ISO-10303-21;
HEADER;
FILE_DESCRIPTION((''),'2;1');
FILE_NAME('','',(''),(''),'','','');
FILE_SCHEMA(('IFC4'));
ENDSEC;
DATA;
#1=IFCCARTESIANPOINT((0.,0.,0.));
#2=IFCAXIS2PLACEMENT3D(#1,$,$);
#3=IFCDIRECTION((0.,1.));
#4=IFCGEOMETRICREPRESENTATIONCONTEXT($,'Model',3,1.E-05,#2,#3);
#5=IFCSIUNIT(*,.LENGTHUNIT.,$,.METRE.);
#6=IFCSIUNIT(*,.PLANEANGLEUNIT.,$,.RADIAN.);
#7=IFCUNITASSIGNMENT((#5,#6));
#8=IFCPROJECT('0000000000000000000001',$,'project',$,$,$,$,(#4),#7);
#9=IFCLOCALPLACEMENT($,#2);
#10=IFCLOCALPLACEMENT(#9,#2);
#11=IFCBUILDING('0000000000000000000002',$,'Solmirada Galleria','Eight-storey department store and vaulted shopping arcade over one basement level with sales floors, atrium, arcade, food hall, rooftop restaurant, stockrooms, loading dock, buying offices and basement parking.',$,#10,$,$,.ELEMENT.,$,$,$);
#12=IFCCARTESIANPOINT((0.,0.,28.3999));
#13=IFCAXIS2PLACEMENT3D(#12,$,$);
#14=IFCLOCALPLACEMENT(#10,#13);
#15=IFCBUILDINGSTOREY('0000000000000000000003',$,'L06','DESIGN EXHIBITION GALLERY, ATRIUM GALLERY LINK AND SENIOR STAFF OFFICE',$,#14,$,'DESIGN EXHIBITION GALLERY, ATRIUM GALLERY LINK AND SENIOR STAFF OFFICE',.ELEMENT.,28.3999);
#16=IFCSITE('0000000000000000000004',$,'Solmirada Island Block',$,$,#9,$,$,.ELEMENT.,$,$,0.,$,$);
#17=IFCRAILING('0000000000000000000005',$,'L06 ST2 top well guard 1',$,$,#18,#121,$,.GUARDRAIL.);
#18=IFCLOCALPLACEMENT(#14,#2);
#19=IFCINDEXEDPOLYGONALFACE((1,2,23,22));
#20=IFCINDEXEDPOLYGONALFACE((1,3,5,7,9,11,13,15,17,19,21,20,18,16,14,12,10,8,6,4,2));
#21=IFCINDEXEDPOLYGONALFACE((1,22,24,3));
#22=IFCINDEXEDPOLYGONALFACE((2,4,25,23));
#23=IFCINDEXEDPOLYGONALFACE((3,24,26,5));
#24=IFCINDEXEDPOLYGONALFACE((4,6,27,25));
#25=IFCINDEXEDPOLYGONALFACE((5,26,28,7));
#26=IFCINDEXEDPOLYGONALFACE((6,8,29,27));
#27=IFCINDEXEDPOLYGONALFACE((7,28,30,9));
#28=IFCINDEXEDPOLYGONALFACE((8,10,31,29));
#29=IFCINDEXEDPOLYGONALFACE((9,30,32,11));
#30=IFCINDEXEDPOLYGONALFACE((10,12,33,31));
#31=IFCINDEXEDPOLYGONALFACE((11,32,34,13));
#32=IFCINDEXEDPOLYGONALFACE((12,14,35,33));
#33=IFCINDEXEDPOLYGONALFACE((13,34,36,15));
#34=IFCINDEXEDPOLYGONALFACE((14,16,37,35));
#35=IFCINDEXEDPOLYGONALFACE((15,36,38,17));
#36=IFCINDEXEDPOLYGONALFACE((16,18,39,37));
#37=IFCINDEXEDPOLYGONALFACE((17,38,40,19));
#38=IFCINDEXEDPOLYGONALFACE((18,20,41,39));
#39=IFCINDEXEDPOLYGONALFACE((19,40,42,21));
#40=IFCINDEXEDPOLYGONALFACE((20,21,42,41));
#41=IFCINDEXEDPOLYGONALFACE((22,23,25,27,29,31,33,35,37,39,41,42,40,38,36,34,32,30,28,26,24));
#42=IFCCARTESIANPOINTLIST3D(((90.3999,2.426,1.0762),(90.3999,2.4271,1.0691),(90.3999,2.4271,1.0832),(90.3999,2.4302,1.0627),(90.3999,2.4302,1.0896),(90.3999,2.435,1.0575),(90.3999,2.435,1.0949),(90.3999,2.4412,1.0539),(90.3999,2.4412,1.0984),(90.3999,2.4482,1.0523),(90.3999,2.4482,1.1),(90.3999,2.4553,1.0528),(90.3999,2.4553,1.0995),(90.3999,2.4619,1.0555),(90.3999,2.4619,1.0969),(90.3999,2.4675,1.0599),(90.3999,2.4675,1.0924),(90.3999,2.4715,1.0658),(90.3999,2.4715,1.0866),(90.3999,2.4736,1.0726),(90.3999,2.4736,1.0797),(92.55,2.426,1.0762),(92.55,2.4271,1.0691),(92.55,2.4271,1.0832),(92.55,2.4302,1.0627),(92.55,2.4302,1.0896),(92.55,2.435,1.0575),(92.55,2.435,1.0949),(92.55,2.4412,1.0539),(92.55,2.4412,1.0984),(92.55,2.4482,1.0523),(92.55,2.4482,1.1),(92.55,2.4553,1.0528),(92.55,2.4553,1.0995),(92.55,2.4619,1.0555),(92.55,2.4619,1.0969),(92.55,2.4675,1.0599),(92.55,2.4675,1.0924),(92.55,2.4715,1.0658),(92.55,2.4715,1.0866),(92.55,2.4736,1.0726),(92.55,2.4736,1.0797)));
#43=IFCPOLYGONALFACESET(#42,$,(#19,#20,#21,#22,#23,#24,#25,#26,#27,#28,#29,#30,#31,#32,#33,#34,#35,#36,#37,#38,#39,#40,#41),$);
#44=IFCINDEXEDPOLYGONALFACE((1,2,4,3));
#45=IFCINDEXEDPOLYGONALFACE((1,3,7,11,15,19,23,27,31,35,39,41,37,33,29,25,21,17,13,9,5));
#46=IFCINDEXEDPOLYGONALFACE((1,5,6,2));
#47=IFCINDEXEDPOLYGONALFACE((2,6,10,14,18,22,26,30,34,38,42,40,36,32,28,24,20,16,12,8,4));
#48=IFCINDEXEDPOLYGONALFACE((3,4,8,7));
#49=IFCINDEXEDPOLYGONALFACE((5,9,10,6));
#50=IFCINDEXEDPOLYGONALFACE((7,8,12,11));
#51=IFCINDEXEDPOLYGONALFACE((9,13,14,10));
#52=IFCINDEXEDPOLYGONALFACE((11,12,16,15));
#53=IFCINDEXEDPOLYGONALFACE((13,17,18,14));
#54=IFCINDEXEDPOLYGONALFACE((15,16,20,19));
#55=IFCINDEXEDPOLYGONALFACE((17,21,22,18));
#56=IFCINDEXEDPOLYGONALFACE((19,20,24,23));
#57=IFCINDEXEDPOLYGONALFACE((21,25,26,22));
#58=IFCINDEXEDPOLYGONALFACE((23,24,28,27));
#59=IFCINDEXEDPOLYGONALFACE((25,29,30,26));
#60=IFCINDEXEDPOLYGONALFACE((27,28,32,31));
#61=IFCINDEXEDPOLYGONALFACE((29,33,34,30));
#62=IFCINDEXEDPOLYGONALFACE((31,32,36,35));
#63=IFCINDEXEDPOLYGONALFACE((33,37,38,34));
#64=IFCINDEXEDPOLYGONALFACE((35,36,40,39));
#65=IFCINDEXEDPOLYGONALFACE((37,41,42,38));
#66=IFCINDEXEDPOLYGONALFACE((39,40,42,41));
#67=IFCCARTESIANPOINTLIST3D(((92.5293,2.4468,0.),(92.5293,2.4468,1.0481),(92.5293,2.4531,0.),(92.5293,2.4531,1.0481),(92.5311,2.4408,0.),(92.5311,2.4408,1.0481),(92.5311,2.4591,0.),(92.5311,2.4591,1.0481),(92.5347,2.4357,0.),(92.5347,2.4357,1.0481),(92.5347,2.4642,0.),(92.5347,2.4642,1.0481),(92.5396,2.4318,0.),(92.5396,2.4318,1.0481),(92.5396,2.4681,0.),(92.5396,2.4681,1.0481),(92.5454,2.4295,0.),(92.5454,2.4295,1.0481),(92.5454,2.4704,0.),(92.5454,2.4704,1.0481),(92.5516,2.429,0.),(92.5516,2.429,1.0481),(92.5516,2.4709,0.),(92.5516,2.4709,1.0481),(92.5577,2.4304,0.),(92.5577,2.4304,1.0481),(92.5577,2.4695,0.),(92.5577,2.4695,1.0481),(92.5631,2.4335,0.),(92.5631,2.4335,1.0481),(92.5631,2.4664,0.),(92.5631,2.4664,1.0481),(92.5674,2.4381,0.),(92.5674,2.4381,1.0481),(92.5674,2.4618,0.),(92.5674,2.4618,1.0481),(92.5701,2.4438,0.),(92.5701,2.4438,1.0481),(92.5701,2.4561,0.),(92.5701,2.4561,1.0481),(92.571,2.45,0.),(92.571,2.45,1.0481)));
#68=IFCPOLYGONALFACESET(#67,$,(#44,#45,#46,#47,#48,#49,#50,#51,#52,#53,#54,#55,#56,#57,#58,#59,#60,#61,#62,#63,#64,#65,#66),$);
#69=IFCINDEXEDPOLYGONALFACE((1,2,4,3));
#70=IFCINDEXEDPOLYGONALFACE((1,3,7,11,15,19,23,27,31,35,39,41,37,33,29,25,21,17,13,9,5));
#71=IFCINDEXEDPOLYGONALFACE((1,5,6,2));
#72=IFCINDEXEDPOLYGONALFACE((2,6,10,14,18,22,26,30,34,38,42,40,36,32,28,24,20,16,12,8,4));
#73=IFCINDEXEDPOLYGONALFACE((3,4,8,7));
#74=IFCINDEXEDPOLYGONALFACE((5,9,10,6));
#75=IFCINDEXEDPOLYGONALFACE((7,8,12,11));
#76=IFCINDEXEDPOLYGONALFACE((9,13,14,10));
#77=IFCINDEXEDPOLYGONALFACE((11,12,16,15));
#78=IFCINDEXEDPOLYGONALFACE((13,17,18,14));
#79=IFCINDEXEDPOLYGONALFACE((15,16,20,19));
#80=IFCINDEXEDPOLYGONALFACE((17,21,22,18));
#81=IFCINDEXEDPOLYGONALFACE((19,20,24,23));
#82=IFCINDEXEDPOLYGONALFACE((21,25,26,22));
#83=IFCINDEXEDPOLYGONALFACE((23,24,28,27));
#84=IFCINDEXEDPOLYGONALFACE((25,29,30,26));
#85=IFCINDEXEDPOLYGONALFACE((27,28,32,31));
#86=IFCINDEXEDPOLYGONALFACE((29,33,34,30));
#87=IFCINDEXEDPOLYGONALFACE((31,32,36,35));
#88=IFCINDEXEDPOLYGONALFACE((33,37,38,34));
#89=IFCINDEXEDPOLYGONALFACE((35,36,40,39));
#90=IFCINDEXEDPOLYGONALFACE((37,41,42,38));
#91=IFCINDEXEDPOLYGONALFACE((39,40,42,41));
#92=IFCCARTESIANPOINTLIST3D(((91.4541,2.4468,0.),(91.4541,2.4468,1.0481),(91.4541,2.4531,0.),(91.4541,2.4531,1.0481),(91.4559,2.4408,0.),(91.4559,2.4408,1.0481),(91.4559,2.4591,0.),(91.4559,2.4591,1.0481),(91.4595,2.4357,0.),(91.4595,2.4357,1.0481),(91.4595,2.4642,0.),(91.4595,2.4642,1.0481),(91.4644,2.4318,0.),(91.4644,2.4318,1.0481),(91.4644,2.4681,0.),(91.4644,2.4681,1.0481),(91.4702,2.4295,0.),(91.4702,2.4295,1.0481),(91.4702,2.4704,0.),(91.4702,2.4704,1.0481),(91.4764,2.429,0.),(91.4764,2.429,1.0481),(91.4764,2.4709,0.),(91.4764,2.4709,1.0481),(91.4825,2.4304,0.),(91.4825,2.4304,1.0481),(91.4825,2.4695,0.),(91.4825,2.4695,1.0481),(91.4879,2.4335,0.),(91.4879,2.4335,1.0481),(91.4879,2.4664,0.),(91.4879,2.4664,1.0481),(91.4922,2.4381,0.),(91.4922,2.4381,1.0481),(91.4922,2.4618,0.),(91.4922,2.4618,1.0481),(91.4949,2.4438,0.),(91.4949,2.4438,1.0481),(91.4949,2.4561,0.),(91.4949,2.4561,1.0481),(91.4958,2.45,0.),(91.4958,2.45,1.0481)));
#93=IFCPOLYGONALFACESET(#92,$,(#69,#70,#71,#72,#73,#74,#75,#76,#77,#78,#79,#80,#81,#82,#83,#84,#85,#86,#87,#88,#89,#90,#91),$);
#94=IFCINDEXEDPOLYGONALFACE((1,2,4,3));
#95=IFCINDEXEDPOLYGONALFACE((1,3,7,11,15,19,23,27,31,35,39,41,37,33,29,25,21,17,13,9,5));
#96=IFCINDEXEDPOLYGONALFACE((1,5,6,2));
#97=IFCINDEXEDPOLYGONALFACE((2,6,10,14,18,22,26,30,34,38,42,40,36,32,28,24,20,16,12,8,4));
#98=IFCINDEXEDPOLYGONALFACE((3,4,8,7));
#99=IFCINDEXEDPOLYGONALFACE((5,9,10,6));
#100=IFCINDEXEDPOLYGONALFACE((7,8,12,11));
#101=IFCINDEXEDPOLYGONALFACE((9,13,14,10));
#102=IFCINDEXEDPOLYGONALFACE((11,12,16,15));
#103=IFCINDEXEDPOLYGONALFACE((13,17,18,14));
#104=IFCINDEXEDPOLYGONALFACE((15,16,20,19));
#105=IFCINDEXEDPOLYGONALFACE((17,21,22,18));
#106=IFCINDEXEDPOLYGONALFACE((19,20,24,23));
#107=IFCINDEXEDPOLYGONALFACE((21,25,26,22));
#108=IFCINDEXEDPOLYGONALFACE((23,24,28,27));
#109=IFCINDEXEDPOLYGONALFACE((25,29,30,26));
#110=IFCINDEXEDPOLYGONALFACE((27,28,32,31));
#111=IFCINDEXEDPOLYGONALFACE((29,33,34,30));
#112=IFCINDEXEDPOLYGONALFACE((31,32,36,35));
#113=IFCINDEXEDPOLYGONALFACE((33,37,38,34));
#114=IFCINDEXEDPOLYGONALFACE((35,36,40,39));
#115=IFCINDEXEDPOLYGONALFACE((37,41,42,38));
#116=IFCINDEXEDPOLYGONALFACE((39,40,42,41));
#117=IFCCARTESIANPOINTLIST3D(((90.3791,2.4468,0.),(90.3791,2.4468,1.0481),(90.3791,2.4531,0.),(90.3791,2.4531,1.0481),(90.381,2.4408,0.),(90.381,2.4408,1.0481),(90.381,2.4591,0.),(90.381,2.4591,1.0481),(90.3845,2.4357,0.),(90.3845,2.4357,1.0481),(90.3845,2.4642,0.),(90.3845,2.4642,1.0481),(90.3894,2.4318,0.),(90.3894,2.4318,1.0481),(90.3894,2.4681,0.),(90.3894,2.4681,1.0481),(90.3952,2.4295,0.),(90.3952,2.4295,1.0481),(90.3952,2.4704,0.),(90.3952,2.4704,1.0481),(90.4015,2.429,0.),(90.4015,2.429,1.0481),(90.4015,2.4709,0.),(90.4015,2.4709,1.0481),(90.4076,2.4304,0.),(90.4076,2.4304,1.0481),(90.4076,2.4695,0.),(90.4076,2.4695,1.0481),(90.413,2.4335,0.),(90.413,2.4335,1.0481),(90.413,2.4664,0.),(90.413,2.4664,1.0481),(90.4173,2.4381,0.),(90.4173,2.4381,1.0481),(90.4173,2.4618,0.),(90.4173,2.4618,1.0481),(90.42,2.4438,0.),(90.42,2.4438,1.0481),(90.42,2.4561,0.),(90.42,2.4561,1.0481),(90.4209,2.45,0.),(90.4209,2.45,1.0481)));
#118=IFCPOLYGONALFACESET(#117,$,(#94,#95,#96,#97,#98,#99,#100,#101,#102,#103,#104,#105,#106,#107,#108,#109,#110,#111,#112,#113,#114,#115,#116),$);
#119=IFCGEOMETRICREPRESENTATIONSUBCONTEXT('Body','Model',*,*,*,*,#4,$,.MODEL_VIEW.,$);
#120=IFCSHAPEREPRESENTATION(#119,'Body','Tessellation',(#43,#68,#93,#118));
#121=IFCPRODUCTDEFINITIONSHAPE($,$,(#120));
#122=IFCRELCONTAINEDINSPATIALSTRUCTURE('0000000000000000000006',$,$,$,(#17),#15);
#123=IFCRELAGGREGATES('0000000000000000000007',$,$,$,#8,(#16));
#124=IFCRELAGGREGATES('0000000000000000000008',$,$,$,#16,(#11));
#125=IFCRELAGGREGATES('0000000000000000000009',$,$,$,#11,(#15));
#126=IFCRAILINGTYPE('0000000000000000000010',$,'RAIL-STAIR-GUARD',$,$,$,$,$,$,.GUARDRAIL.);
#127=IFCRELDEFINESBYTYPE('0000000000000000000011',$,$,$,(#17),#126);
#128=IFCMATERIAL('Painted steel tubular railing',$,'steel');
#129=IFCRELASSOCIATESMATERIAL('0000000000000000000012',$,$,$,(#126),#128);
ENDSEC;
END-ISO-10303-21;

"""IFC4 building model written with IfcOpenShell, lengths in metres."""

from ifc_helpers import new_model, si_unit, direction, frame, origin, origin_2d, place, context, subcontext, project, spatial, circle, extrude, material, type_object, element, save


model = new_model("IFC4")

# Units and contexts
model_context = context("Model", 3, precision=1e-05, world=origin(), true_north=direction((0.0, 1.0)))
body_context = subcontext(model_context, "Body", "Model", "MODEL_VIEW")
ifc_project = project(units=[si_unit("LENGTHUNIT", "METRE"), si_unit("PLANEANGLEUNIT", "RADIAN")], contexts=[model_context])

# Site, building, storey
site_placement = place(None, origin())
site = spatial("IfcSite", under=ifc_project, at=site_placement, Name="Solmirada Island Block", CompositionType="ELEMENT", RefElevation=0.0)
building_placement = place(site_placement, origin())
building = spatial("IfcBuilding", under=site, at=building_placement, Name="Solmirada Galleria", Description="Eight-storey department store and vaulted shopping arcade over one basement level with sales floors, atrium, arcade, food hall, rooftop restaurant, stockrooms, loading dock, buying offices and basement parking.", CompositionType="ELEMENT")
storey_placement = place(building_placement, frame((0.0, 0.0, 28.3999)))
storey = spatial("IfcBuildingStorey", under=building, at=storey_placement, Name="L06", Description="DESIGN EXHIBITION GALLERY, ATRIUM GALLERY LINK AND SENIOR STAFF OFFICE", LongName="DESIGN EXHIBITION GALLERY, ATRIUM GALLERY LINK AND SENIOR STAFF OFFICE", CompositionType="ELEMENT", Elevation=28.3999)

# Railing
ifc_material_1 = material(Name="Painted steel tubular railing", Category="steel")
railing_type = type_object("IfcRailingType", Name="RAIL-STAIR-GUARD", PredefinedType="GUARDRAIL", material=ifc_material_1)
railing_1_placement = place(storey_placement, frame((92.55, 2.45, 0.0)))
element("IfcRailing", 1, at=railing_1_placement, inside=storey, type_object=railing_type, Name="L06 ST2 top well guard 1", PredefinedType="GUARDRAIL", context=body_context, shape_type="SweptSolid", body=[
    extrude(circle(Radius=0.0239, at=origin_2d()), frame((0.0, 0.0, 1.0762), z_axis=(-1.0, 0.0, 0.0), x_axis=(0.0, -1.0, 0.0)), (0.0, 0.0, 1.0), 2.1501),
    extrude(circle(Radius=0.021, at=origin_2d()), origin(), (0.0, 0.0, 1.0), 1.0481),
    extrude(circle(Radius=0.021, at=origin_2d()), frame((-1.0752, 0.0, 0.0)), (0.0, 0.0, 1.0), 1.0481),
    extrude(circle(Radius=0.021, at=origin_2d()), frame((-2.1501, 0.0, 0.0)), (0.0, 0.0, 1.0), 1.0481),
])

save(model, "model.ifc")
